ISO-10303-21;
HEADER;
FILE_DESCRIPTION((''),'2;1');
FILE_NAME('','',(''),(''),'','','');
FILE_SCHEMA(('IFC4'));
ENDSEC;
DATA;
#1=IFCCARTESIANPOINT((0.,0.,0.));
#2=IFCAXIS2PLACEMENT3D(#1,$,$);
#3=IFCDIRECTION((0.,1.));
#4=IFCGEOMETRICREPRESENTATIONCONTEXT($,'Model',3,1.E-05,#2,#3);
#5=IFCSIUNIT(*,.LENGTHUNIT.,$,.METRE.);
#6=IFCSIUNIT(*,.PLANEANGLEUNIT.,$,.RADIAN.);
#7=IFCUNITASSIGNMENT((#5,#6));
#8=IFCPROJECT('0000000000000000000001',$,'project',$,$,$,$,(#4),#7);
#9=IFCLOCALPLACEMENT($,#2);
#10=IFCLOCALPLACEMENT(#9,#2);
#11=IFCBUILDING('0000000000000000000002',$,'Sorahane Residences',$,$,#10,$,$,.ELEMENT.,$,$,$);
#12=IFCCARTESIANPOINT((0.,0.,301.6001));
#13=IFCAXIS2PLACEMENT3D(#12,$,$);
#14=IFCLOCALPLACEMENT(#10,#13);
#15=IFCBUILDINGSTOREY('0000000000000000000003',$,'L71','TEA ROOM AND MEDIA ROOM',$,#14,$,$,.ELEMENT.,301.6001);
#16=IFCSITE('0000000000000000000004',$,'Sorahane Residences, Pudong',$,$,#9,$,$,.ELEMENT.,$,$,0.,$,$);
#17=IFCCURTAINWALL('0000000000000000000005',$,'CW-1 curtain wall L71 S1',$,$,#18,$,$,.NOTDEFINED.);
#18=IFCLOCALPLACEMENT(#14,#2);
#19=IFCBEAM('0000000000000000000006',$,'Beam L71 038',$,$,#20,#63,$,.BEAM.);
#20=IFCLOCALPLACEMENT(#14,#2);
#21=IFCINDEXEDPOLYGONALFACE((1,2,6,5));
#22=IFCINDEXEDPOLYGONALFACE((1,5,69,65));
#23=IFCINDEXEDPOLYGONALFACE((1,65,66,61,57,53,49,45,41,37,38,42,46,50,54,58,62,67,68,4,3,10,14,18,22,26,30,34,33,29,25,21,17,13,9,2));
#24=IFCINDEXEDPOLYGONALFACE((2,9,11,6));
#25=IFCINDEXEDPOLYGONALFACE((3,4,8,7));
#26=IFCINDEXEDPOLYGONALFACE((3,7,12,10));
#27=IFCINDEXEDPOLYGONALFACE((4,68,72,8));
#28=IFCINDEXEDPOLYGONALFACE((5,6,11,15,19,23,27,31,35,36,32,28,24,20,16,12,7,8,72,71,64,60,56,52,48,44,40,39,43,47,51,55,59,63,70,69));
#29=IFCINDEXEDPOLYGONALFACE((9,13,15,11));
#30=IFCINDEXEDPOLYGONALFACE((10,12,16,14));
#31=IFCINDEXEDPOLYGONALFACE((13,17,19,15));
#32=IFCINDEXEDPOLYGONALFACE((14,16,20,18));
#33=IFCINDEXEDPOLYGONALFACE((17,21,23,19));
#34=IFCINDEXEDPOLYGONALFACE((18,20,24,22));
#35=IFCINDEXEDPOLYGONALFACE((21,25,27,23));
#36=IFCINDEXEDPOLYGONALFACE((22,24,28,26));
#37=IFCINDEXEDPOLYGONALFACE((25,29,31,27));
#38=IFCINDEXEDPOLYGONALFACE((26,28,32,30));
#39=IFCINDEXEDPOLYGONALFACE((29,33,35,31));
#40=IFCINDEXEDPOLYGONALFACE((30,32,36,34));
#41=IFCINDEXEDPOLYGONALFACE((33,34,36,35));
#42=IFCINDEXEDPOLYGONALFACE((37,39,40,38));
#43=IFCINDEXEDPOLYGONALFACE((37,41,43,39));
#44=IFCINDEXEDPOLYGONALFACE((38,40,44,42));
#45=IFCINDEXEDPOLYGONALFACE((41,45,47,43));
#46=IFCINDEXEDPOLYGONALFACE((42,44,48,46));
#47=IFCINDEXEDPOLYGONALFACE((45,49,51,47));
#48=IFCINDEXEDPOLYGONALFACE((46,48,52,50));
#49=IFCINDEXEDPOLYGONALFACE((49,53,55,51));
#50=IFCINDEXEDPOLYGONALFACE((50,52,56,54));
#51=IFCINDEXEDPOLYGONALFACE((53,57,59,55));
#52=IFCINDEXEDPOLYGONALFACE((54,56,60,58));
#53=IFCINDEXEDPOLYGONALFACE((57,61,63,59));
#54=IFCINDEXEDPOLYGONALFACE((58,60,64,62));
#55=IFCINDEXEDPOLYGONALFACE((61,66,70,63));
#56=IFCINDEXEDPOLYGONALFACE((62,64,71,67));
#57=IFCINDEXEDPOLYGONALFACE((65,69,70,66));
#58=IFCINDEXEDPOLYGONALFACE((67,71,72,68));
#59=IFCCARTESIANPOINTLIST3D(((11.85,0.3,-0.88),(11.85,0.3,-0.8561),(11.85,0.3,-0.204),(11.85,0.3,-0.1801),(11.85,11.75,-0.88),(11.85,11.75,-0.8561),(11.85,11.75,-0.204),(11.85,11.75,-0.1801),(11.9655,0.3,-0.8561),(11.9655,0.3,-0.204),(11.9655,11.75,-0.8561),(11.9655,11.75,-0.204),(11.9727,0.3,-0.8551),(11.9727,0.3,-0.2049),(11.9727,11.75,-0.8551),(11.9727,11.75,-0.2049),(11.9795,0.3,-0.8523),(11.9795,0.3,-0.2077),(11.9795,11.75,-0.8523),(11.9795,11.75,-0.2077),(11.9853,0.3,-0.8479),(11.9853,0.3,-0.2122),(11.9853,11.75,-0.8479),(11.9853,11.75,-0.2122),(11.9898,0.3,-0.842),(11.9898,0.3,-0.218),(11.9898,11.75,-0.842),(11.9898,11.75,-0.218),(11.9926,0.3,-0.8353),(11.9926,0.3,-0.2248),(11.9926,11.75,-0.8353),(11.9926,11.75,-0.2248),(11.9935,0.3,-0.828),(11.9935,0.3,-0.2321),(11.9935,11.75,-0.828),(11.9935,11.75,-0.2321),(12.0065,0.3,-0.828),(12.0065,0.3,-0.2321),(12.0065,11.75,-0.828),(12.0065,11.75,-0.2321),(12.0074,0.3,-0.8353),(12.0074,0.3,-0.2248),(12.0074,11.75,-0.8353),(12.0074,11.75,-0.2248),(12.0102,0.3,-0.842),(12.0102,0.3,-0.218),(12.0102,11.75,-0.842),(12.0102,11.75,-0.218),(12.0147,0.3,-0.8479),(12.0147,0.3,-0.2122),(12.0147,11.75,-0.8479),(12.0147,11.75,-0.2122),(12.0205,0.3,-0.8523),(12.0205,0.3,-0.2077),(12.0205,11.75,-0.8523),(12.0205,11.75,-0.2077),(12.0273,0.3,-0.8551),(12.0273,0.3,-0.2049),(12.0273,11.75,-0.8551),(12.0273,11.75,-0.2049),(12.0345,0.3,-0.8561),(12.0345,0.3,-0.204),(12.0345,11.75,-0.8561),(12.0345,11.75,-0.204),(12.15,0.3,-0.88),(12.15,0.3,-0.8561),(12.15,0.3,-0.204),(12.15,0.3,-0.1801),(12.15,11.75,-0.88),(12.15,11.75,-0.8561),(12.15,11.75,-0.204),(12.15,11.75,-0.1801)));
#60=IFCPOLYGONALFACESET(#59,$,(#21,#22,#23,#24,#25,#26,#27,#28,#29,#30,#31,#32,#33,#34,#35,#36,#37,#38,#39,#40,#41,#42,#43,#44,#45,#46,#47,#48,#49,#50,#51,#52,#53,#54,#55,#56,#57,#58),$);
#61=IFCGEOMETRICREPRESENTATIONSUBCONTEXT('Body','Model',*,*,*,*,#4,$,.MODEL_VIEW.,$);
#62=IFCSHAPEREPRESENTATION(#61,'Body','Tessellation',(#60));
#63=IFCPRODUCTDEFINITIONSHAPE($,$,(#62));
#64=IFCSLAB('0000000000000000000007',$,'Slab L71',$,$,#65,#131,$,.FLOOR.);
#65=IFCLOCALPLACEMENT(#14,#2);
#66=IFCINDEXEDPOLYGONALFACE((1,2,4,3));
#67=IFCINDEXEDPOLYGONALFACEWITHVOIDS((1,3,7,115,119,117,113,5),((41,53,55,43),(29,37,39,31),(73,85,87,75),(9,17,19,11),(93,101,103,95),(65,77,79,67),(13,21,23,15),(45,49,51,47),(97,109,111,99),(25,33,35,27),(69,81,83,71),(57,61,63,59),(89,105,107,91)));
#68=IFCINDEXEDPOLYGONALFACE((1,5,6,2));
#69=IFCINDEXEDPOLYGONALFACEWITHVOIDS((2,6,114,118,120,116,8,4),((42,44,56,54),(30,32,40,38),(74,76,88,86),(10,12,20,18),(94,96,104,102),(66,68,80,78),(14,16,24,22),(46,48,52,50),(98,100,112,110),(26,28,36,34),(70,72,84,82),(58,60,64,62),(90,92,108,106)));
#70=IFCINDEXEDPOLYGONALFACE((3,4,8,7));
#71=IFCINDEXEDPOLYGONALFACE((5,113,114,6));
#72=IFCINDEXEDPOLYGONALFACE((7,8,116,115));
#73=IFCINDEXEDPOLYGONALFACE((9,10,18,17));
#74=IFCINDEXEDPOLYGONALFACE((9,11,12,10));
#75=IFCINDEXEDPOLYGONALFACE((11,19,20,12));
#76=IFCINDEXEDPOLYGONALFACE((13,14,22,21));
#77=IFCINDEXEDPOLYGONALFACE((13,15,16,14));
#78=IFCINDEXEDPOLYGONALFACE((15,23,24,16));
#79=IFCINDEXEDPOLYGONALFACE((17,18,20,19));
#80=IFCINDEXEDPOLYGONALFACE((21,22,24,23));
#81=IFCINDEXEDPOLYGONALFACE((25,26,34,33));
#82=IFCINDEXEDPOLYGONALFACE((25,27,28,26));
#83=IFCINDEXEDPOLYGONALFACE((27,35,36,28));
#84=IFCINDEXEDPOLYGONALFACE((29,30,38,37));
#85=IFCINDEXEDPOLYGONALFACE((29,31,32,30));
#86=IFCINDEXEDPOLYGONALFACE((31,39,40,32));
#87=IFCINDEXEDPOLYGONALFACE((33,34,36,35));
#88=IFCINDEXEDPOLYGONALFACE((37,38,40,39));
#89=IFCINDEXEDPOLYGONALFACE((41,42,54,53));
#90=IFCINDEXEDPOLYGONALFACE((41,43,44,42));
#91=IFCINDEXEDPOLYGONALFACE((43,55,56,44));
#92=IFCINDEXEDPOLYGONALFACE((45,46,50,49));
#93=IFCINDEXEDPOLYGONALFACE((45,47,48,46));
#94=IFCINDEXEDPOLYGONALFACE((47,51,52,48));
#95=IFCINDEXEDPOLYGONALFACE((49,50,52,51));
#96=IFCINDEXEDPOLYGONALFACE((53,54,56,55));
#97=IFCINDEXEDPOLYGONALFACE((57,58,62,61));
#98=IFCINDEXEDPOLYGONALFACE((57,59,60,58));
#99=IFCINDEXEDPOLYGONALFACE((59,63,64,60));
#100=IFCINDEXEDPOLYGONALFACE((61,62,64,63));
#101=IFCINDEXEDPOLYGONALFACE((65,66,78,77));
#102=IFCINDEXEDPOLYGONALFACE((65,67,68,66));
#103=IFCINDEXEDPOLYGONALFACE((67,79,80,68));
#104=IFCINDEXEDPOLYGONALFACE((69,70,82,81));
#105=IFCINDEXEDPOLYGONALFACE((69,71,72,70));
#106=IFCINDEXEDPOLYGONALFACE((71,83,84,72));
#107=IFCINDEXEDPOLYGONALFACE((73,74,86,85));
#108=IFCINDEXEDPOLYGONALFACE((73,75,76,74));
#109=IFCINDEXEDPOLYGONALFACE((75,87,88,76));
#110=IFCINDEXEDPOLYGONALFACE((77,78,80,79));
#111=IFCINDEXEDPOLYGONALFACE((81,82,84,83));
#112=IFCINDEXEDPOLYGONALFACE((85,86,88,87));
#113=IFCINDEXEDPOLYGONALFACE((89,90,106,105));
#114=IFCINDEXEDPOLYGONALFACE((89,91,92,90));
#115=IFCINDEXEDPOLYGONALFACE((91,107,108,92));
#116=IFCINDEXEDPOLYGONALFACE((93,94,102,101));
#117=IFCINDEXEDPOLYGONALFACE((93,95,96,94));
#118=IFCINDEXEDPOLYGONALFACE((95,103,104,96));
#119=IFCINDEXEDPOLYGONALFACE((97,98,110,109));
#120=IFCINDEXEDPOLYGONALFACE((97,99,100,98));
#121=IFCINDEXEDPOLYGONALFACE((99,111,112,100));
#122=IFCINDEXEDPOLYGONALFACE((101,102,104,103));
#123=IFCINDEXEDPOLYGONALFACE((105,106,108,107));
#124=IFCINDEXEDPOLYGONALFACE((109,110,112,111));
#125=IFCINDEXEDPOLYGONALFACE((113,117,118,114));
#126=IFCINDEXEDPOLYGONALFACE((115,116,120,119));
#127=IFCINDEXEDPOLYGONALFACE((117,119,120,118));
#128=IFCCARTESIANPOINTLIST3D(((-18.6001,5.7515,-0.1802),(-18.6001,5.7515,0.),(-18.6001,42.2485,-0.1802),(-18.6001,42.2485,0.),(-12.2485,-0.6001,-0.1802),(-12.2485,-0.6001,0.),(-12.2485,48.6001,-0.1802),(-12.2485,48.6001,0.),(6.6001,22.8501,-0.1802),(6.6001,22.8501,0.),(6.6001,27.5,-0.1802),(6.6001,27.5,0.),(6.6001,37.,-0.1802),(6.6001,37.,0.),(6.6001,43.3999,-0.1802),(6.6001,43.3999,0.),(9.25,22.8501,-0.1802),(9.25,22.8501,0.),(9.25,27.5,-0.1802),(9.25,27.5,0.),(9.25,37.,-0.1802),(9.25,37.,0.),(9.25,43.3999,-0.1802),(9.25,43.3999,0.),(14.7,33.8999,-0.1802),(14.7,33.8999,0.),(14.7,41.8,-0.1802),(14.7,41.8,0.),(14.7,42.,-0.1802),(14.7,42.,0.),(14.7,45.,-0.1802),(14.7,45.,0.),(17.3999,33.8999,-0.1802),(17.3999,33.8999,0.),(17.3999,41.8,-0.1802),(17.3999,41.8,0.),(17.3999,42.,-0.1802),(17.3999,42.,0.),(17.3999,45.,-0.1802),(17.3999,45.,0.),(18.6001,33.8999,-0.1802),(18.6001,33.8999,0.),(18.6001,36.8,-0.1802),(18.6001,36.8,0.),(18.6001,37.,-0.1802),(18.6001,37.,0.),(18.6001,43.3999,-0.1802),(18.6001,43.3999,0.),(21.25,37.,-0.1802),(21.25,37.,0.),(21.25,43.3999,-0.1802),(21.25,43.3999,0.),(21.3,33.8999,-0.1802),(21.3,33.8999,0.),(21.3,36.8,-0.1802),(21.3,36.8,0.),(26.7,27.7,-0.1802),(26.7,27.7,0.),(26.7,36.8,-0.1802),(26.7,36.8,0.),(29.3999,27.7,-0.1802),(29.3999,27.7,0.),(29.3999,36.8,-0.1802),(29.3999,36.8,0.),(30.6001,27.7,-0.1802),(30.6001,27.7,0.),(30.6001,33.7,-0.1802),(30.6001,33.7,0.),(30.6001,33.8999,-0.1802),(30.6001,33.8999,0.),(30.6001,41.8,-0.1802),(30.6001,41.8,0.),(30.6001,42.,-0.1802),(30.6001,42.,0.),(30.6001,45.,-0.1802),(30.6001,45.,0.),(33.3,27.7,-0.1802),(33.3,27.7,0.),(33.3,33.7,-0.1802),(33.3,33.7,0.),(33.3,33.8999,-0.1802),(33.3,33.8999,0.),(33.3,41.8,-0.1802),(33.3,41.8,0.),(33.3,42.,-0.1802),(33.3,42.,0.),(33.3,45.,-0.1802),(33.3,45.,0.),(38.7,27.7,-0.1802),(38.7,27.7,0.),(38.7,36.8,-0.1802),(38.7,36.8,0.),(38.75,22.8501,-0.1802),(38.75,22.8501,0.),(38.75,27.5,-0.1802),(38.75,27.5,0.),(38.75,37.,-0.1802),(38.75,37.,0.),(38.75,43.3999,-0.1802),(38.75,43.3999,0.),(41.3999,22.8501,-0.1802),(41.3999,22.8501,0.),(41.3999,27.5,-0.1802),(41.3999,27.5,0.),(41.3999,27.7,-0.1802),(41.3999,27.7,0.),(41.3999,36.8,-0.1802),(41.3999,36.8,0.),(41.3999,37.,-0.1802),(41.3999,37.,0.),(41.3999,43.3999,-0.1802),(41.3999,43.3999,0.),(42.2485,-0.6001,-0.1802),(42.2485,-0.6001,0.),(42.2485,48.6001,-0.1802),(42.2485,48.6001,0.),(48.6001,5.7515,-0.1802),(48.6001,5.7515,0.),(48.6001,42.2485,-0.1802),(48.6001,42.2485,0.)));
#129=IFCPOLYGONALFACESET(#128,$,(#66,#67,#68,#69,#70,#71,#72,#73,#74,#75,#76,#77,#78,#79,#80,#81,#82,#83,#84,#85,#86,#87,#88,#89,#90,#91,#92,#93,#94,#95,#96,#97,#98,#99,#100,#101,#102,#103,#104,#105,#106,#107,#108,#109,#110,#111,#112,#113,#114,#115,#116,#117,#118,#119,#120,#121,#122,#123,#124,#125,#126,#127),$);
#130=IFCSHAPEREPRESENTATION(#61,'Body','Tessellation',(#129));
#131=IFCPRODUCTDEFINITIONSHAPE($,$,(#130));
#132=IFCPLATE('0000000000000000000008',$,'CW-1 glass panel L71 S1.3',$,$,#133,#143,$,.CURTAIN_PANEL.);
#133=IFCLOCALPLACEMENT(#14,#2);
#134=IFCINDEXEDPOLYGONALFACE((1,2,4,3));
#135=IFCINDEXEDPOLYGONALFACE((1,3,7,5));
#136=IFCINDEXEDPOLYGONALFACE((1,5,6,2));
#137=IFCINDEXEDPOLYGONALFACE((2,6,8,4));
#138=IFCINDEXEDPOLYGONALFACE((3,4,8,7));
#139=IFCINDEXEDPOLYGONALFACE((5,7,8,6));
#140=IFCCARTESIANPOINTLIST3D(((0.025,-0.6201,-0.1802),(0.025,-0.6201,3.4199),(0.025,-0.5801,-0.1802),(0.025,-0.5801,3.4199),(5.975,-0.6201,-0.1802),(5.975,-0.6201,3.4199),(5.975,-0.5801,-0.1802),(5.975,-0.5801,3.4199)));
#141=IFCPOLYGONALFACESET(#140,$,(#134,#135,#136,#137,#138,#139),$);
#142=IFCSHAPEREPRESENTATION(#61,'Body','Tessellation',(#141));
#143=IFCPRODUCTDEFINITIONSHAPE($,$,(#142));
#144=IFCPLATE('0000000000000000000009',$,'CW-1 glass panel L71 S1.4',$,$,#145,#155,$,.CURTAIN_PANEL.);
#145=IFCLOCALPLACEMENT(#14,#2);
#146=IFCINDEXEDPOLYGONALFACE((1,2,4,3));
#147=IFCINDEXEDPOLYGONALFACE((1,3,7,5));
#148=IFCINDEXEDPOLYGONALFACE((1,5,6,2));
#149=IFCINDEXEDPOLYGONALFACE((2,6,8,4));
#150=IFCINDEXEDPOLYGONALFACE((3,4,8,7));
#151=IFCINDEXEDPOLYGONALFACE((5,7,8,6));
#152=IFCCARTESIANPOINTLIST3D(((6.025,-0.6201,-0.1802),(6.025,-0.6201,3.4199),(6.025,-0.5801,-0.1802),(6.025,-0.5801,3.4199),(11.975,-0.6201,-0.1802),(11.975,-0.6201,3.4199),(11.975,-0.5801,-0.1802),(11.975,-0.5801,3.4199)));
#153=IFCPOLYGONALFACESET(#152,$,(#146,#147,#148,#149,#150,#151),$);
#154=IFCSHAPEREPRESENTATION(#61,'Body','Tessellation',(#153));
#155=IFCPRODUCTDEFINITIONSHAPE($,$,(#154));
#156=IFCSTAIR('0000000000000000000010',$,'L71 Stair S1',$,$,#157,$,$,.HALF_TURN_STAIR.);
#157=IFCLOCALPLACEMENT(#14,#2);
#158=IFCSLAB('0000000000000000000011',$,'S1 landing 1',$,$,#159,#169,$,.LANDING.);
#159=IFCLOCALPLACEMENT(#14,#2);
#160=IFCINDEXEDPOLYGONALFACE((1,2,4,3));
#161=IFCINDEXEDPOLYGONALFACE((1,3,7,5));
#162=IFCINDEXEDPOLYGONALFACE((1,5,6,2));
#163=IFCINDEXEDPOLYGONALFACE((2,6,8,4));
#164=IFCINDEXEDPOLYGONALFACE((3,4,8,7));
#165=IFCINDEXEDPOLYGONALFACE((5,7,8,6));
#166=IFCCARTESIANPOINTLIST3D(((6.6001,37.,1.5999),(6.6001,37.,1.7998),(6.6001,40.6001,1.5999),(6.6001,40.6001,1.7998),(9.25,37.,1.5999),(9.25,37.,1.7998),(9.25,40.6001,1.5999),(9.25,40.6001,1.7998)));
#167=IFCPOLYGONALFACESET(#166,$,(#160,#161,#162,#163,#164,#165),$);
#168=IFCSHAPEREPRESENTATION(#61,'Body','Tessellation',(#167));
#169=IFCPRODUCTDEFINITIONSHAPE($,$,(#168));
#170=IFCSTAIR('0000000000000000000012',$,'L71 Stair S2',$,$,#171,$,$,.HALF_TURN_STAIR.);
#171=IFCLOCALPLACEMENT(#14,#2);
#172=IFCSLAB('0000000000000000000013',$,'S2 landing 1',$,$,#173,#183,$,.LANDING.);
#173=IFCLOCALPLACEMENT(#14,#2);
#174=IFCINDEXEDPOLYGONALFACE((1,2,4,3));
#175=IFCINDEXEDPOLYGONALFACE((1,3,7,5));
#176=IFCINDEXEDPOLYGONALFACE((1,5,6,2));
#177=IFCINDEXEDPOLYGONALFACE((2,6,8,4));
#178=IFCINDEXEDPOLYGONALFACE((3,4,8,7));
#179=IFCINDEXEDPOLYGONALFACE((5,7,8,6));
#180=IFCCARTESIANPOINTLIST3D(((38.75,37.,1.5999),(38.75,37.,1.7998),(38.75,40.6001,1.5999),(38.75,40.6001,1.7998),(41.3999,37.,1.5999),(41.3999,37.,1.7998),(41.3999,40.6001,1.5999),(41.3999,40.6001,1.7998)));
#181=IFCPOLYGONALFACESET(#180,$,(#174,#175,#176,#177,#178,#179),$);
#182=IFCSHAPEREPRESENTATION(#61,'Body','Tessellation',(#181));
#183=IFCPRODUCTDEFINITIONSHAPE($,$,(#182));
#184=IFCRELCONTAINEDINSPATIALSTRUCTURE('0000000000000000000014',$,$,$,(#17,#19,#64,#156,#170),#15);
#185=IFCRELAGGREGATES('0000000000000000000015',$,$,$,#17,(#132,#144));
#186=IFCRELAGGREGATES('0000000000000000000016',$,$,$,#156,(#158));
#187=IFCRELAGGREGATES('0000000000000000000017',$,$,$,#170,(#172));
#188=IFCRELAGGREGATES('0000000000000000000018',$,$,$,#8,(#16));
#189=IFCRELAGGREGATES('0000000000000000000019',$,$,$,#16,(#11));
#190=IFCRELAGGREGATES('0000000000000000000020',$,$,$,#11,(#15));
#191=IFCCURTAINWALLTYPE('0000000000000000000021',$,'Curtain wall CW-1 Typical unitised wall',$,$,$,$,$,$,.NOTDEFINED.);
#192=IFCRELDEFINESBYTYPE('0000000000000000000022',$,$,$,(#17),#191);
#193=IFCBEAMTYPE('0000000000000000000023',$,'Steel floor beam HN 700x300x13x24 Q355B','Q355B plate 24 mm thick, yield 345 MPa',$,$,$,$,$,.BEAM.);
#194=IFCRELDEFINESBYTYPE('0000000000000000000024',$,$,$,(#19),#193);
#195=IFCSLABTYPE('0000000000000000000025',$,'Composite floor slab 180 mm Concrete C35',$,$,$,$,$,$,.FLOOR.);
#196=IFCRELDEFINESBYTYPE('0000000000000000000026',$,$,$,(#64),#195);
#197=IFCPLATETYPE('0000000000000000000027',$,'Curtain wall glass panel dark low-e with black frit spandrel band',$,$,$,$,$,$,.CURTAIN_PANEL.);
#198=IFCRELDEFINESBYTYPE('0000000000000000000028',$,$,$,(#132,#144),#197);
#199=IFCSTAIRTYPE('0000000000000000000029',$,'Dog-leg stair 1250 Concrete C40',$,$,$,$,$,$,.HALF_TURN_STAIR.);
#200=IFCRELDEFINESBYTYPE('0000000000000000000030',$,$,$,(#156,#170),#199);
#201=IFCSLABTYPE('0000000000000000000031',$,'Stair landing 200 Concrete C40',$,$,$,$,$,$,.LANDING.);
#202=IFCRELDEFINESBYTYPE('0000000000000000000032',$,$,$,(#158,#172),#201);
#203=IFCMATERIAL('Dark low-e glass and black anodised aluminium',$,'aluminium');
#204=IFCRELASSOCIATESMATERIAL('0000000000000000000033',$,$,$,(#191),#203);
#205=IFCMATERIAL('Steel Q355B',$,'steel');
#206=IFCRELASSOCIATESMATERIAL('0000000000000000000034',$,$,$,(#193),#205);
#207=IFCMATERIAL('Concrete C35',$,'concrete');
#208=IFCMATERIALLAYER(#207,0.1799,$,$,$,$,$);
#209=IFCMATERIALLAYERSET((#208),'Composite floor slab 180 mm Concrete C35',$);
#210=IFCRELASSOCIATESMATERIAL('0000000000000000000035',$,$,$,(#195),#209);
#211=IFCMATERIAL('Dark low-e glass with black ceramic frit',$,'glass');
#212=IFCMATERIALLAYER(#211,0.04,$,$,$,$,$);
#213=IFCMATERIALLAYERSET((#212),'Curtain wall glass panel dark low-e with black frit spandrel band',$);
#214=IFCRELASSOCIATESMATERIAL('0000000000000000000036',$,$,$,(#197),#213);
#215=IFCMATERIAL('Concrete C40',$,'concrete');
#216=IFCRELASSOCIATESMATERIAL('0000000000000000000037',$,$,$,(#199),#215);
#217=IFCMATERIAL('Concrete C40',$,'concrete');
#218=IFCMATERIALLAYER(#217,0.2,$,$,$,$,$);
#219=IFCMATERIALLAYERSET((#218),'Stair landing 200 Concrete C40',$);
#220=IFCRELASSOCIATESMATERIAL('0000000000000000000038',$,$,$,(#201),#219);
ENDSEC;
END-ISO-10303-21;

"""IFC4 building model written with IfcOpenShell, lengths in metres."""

from ifc_helpers import new_model, si_unit, direction, frame, origin, origin_2d, place, context, subcontext, project, spatial, polyline, rectangle, i_section, outline, extrude, material, layer, layer_set, material_profile, profile_set, type_object, element, aggregate, save


model = new_model("IFC4")

# Units and contexts
model_context = context("Model", 3, precision=1e-05, world=origin(), true_north=direction((0.0, 1.0)))
body_context = subcontext(model_context, "Body", "Model", "MODEL_VIEW")
ifc_project = project(units=[si_unit("LENGTHUNIT", "METRE"), si_unit("PLANEANGLEUNIT", "RADIAN")], contexts=[model_context])

# Site, building, storey
site_placement = place(None, origin())
site = spatial("IfcSite", under=ifc_project, at=site_placement, Name="Sorahane Residences, Pudong", CompositionType="ELEMENT", RefElevation=0.0)
building_placement = place(site_placement, origin())
building = spatial("IfcBuilding", under=site, at=building_placement, Name="Sorahane Residences", CompositionType="ELEMENT")
storey_placement = place(building_placement, frame((0.0, 0.0, 301.6001)))
storey = spatial("IfcBuildingStorey", under=building, at=storey_placement, Name="L71", Description="TEA ROOM AND MEDIA ROOM", CompositionType="ELEMENT", Elevation=301.6001)

# Curtain wall
ifc_material_1 = material(Name="Dark low-e glass and black anodised aluminium", Category="aluminium")
curtain_wall_type = type_object("IfcCurtainWallType", Name="Curtain wall CW-1 Typical unitised wall", PredefinedType="NOTDEFINED", material=ifc_material_1)
curtain_wall_placement = place(storey_placement, origin())
curtain_wall = element("IfcCurtainWall", 1, at=curtain_wall_placement, inside=storey, type_object=curtain_wall_type, Name="CW-1 curtain wall L71 S1", PredefinedType="NOTDEFINED")

# Beam
ifc_material_2 = material(Name="Steel Q355B", Category="steel")
ifc_material_profile_1 = material_profile(ifc_material_2, i_section(OverallWidth=0.3, OverallDepth=0.7, WebThickness=0.0129, FlangeThickness=0.0239, FilletRadius=0.0281, at=origin_2d()), Name="HN 700x300x13x24")
ifc_profile_set_1 = profile_set([ifc_material_profile_1], Name="Steel Q355B")
beam_type_1 = type_object("IfcBeamType", Name="Steel floor beam HN 700x300x13x24 Q355B", Description="Q355B plate 24 mm thick, yield 345 MPa", PredefinedType="BEAM", material=ifc_profile_set_1)
beam_1_placement = place(storey_placement, frame((12.0, 0.3, -0.53), z_axis=(0.0, 1.0, 0.0), x_axis=(-1.0, 0.0, 0.0)))
element("IfcBeam", 2, at=beam_1_placement, inside=storey, type_object=beam_type_1, Name="Beam L71 038", PredefinedType="BEAM", context=body_context, shape_type="SweptSolid", body=[
    extrude(i_section(OverallWidth=0.3, OverallDepth=0.7, WebThickness=0.0129, FlangeThickness=0.0239, FilletRadius=0.0281, at=origin_2d()), origin(), (0.0, 0.0, 1.0), 11.45),
])

# Slab
ifc_material_3 = material(Name="Concrete C35", Category="concrete")
ifc_layer_1 = layer(ifc_material_3, 0.1799)
ifc_layer_set_1 = layer_set([ifc_layer_1], Name="Composite floor slab 180 mm Concrete C35")
slab_type_1 = type_object("IfcSlabType", Name="Composite floor slab 180 mm Concrete C35", PredefinedType="FLOOR", material=ifc_layer_set_1)
slab_1_placement = place(storey_placement, frame((0.0, 0.0, -0.1802)))
element("IfcSlab", 3, at=slab_1_placement, inside=storey, type_object=slab_type_1, Name="Slab L71", PredefinedType="FLOOR", context=body_context, shape_type="SweptSolid", body=[
    extrude(outline(polyline([(-12.2485, -0.6001), (-18.6001, 5.7515), (-18.6001, 42.2485), (-12.2485, 48.6001), (42.2485, 48.6001), (48.6001, 42.2485), (48.6001, 5.7515), (42.2485, -0.6001), (-12.2485, -0.6001)]), holes=[polyline([(38.7, 27.7), (41.3999, 27.7), (41.3999, 36.8), (38.7, 36.8), (38.7, 27.7)]), polyline([(30.6001, 27.7), (33.3, 27.7), (33.3, 33.7), (30.6001, 33.7), (30.6001, 27.7)]), polyline([(30.6001, 42.0), (33.3, 42.0), (33.3, 45.0), (30.6001, 45.0), (30.6001, 42.0)]), polyline([(14.7, 42.0), (17.3999, 42.0), (17.3999, 45.0), (14.7, 45.0), (14.7, 42.0)]), polyline([(6.6001, 43.3999), (6.6001, 37.0), (9.25, 37.0), (9.25, 43.3999), (6.6001, 43.3999)]), polyline([(38.75, 43.3999), (38.75, 37.0), (41.3999, 37.0), (41.3999, 43.3999), (38.75, 43.3999)]), polyline([(18.6001, 43.3999), (18.6001, 37.0), (21.25, 37.0), (21.25, 43.3999), (18.6001, 43.3999)]), polyline([(9.25, 22.8501), (9.25, 27.5), (6.6001, 27.5), (6.6001, 22.8501), (9.25, 22.8501)]), polyline([(41.3999, 22.8501), (41.3999, 27.5), (38.75, 27.5), (38.75, 22.8501), (41.3999, 22.8501)]), polyline([(14.7, 33.8999), (17.3999, 33.8999), (17.3999, 41.8), (14.7, 41.8), (14.7, 33.8999)]), polyline([(30.6001, 33.8999), (33.3, 33.8999), (33.3, 41.8), (30.6001, 41.8), (30.6001, 33.8999)]), polyline([(18.6001, 33.8999), (21.3, 33.8999), (21.3, 36.8), (18.6001, 36.8), (18.6001, 33.8999)]), polyline([(26.7, 27.7), (29.3999, 27.7), (29.3999, 36.8), (26.7, 36.8), (26.7, 27.7)])]), origin(), (0.0, 0.0, 1.0), 0.1802),
])

# Plates
ifc_material_4 = material(Name="Dark low-e glass with black ceramic frit", Category="glass")
ifc_layer_2 = layer(ifc_material_4, 0.04)
ifc_layer_set_2 = layer_set([ifc_layer_2], Name="Curtain wall glass panel dark low-e with black frit spandrel band")
plate_type = type_object("IfcPlateType", Name="Curtain wall glass panel dark low-e with black frit spandrel band", PredefinedType="CURTAIN_PANEL", material=ifc_layer_set_2)
plate_1_placement = place(storey_placement, frame((3.0, -0.6001, -0.1802), z_axis=(0.0, 0.0, 1.0), x_axis=(1.0, 0.0, 0.0)))
plate_1 = element("IfcPlate", 4, at=plate_1_placement, type_object=plate_type, Name="CW-1 glass panel L71 S1.3", PredefinedType="CURTAIN_PANEL", context=body_context, shape_type="SweptSolid", body=[
    extrude(rectangle(XDim=5.95, YDim=0.04, at=origin_2d()), origin(), (0.0, 0.0, 1.0), 3.6001),
])
plate_2_placement = place(storey_placement, frame((9.0, -0.6001, -0.1802), z_axis=(0.0, 0.0, 1.0), x_axis=(1.0, 0.0, 0.0)))
plate_2 = element("IfcPlate", 5, at=plate_2_placement, type_object=plate_type, Name="CW-1 glass panel L71 S1.4", PredefinedType="CURTAIN_PANEL", context=body_context, shape_type="SweptSolid", body=[
    extrude(rectangle(XDim=5.95, YDim=0.04, at=origin_2d()), origin(), (0.0, 0.0, 1.0), 3.6001),
])
aggregate(curtain_wall, [plate_1, plate_2])

# Stairs, slabs
ifc_material_5 = material(Name="Concrete C40", Category="concrete")
stair_type = type_object("IfcStairType", Name="Dog-leg stair 1250 Concrete C40", PredefinedType="HALF_TURN_STAIR", material=ifc_material_5)
stair_1_placement = place(storey_placement, origin())
stair_1 = element("IfcStair", 6, at=stair_1_placement, inside=storey, type_object=stair_type, Name="L71 Stair S1", PredefinedType="HALF_TURN_STAIR")
ifc_material_6 = material(Name="Concrete C40", Category="concrete")
ifc_layer_3 = layer(ifc_material_6, 0.2)
ifc_layer_set_3 = layer_set([ifc_layer_3], Name="Stair landing 200 Concrete C40")
slab_type_2 = type_object("IfcSlabType", Name="Stair landing 200 Concrete C40", PredefinedType="LANDING", material=ifc_layer_set_3)
slab_2_placement = place(storey_placement, frame((0.0, 0.0, 1.5999)))
slab_2 = element("IfcSlab", 7, at=slab_2_placement, type_object=slab_type_2, Name="S1 landing 1", PredefinedType="LANDING", context=body_context, shape_type="SweptSolid", body=[
    extrude(outline(polyline([(6.6001, 40.6001), (6.6001, 37.0), (9.25, 37.0), (9.25, 40.6001), (6.6001, 40.6001)])), origin(), (0.0, 0.0, 1.0), 0.2),
])
aggregate(stair_1, [slab_2])
stair_2_placement = place(storey_placement, origin())
stair_2 = element("IfcStair", 8, at=stair_2_placement, inside=storey, type_object=stair_type, Name="L71 Stair S2", PredefinedType="HALF_TURN_STAIR")
slab_3_placement = place(storey_placement, frame((0.0, 0.0, 1.5999)))
slab_3 = element("IfcSlab", 9, at=slab_3_placement, type_object=slab_type_2, Name="S2 landing 1", PredefinedType="LANDING", context=body_context, shape_type="SweptSolid", body=[
    extrude(outline(polyline([(38.75, 40.6001), (38.75, 37.0), (41.3999, 37.0), (41.3999, 40.6001), (38.75, 40.6001)])), origin(), (0.0, 0.0, 1.0), 0.2),
])
aggregate(stair_2, [slab_3])

save(model, "model.ifc")
